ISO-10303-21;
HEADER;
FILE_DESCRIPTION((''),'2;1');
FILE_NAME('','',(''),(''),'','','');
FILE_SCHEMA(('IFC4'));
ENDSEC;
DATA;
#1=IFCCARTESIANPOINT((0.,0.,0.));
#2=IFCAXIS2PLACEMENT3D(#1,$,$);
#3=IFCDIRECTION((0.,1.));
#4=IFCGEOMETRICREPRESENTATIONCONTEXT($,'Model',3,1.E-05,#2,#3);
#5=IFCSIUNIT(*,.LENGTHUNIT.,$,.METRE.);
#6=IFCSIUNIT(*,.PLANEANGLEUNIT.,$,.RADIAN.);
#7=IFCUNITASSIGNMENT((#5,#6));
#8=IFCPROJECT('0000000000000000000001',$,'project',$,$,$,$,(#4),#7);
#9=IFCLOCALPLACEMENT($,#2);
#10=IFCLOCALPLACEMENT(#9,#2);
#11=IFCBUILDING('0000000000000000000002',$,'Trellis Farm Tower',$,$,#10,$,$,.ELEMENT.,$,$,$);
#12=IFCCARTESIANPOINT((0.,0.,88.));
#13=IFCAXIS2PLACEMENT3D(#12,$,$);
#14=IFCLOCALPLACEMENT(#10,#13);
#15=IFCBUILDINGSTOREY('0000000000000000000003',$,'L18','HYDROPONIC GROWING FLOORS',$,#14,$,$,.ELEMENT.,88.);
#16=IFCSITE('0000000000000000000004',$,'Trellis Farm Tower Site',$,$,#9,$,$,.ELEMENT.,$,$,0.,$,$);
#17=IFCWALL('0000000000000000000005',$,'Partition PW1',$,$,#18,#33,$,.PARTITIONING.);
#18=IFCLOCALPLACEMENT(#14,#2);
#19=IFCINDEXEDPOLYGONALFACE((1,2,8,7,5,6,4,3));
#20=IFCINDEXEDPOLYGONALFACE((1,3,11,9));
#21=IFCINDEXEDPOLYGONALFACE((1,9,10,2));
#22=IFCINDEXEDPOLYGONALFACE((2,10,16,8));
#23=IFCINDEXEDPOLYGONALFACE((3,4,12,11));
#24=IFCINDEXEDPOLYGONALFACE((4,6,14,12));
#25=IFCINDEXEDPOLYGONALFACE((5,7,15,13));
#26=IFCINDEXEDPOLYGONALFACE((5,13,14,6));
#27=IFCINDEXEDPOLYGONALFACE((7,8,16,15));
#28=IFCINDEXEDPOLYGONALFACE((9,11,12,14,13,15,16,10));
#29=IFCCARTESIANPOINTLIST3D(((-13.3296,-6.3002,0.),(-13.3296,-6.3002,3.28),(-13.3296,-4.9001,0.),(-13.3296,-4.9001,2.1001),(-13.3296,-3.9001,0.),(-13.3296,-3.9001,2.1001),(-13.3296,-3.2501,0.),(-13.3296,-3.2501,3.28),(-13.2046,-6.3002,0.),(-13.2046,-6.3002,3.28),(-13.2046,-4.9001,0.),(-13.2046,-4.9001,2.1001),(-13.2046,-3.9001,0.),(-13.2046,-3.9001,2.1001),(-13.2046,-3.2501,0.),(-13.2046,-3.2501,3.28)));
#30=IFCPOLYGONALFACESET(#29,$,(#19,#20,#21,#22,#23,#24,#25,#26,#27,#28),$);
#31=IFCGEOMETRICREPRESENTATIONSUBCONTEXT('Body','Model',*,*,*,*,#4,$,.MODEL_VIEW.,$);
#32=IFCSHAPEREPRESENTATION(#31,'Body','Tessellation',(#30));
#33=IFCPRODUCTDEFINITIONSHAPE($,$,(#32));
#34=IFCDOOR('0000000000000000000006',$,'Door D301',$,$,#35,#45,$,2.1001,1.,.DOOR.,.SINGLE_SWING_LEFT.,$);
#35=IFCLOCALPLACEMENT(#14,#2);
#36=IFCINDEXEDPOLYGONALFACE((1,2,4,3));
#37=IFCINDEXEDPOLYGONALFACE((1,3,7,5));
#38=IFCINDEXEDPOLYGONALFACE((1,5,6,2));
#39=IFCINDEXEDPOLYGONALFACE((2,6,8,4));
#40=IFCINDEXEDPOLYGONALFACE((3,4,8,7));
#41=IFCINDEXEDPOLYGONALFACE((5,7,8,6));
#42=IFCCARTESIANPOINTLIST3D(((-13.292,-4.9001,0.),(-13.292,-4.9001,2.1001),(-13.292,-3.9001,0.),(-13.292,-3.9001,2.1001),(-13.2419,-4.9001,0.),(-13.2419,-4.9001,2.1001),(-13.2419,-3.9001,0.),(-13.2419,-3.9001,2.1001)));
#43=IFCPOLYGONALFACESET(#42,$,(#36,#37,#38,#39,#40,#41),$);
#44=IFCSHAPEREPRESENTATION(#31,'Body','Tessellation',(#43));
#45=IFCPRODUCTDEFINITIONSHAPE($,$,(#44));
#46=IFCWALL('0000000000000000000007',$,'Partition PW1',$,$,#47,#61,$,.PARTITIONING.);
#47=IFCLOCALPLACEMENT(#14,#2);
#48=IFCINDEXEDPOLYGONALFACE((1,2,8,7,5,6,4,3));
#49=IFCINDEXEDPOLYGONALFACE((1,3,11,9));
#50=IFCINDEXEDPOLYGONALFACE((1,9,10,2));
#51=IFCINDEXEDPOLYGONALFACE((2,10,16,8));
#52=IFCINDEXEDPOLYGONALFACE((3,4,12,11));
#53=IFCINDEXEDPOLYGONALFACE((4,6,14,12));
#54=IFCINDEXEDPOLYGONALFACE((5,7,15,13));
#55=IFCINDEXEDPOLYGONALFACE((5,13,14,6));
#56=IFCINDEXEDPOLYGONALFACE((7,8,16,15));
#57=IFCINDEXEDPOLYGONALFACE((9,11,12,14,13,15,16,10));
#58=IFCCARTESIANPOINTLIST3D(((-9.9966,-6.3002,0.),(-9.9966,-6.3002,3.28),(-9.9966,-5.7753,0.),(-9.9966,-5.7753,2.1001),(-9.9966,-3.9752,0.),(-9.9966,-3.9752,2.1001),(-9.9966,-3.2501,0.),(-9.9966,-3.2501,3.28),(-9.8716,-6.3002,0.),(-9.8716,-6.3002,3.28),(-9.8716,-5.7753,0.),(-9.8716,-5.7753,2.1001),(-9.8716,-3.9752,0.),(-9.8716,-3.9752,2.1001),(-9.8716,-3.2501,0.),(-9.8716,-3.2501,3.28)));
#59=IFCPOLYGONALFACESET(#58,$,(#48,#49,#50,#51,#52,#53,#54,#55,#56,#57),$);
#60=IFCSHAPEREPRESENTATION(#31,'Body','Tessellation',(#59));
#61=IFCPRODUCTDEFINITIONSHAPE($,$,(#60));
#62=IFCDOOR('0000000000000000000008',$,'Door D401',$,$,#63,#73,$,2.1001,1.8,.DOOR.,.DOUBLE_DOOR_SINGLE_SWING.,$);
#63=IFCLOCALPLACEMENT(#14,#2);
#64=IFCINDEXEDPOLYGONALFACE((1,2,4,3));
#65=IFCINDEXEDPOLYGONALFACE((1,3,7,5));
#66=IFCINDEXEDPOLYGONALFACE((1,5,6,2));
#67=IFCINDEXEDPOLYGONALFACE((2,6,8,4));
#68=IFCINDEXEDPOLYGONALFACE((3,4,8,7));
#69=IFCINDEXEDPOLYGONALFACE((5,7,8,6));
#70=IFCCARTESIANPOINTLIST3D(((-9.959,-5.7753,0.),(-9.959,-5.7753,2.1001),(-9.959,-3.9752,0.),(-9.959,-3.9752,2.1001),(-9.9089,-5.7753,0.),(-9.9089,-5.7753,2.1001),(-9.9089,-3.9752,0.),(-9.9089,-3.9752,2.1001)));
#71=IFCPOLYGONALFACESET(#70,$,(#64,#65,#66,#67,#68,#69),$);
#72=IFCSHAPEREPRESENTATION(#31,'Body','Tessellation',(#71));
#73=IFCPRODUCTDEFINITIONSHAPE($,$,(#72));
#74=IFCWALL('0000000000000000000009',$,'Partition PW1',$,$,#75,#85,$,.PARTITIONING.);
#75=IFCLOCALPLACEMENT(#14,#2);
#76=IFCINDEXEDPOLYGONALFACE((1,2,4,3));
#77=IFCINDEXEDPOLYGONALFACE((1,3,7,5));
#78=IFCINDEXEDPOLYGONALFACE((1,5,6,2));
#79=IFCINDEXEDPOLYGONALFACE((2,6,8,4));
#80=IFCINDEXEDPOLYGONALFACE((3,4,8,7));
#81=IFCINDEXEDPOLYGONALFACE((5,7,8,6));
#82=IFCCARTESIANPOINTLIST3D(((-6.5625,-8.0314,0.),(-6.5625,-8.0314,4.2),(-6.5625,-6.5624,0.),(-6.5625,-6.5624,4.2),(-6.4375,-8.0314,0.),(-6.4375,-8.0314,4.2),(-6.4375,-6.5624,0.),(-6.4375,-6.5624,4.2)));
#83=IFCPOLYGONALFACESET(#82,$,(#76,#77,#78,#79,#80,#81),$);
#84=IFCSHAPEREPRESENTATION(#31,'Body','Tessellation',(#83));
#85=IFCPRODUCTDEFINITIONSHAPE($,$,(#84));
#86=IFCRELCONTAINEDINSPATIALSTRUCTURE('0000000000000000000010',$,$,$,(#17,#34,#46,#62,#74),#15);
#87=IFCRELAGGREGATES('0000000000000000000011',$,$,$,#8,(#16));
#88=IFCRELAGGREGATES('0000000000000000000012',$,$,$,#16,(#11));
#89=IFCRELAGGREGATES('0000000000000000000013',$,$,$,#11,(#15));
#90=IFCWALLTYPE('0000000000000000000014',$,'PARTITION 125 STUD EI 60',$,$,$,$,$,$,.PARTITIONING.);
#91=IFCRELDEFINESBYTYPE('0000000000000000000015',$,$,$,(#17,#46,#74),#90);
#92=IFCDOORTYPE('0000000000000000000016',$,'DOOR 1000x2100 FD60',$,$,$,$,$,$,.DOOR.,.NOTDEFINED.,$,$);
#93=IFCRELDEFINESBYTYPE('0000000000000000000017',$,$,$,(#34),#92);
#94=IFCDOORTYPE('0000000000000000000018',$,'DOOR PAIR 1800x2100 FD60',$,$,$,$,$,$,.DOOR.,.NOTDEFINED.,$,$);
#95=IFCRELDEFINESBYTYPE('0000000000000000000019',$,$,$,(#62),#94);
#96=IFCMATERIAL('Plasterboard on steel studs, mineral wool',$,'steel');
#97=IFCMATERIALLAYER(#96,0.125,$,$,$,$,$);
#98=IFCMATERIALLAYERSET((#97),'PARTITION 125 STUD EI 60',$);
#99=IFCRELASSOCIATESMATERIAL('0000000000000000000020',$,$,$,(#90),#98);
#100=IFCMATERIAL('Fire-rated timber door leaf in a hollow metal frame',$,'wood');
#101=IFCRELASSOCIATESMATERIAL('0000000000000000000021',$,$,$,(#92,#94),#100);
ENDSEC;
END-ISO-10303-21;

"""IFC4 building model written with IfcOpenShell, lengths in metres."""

from ifc_helpers import new_model, si_unit, direction, frame, frame_2d, origin, place, context, subcontext, project, spatial, rectangle, extrude, source, transform, mapped, material, layer, layer_set, type_object, element, fill, save


model = new_model("IFC4")

# Units and contexts
model_context = context("Model", 3, precision=1e-05, world=origin(), true_north=direction((0.0, 1.0)))
body_context = subcontext(model_context, "Body", "Model", "MODEL_VIEW")
ifc_project = project(units=[si_unit("LENGTHUNIT", "METRE"), si_unit("PLANEANGLEUNIT", "RADIAN")], contexts=[model_context])

# Site, building, storey
site_placement = place(None, origin())
site = spatial("IfcSite", under=ifc_project, at=site_placement, Name="Trellis Farm Tower Site", CompositionType="ELEMENT", RefElevation=0.0)
building_placement = place(site_placement, origin())
building = spatial("IfcBuilding", under=site, at=building_placement, Name="Trellis Farm Tower", CompositionType="ELEMENT")
storey_placement = place(building_placement, frame((0.0, 0.0, 88.0)))
storey = spatial("IfcBuildingStorey", under=building, at=storey_placement, Name="L18", Description="HYDROPONIC GROWING FLOORS", CompositionType="ELEMENT", Elevation=88.0)

# Walls, openings, doors
ifc_material_1 = material(Name="Plasterboard on steel studs, mineral wool", Category="steel")
ifc_layer_1 = layer(ifc_material_1, 0.125)
ifc_layer_set_1 = layer_set([ifc_layer_1], Name="PARTITION 125 STUD EI 60")
wall_type_1 = type_object("IfcWallType", Name="PARTITION 125 STUD EI 60", PredefinedType="PARTITIONING", material=ifc_layer_set_1)
shared_shape_1 = source(origin(), body_context, "Body", "SweptSolid", [
    extrude(rectangle(XDim=3.05, YDim=0.125, at=frame_2d((1.5249, 0.0))), origin(), (0.0, 0.0, 1.0), 3.28),
])
wall_1_placement = place(storey_placement, frame((-13.2671, -6.3, 0.0), z_axis=(0.0, 0.0, 1.0), x_axis=(0.0, 1.0, 0.0)))
wall_1 = element("IfcWall", 1, at=wall_1_placement, inside=storey, type_object=wall_type_1, Name="Partition PW1", PredefinedType="PARTITIONING", context=body_context, shape_type="MappedRepresentation", body=[
    mapped(shared_shape_1, transform((0.0, 0.0, 0.0))),
])
shared_shape_2 = source(origin(), body_context, "Body", "SweptSolid", [
    extrude(rectangle(XDim=1.0, YDim=2.1001, at=frame_2d((0.5, 1.05))), frame((0.0, 0.0725, 0.0), z_axis=(0.0, -1.0, 0.0), x_axis=(1.0, 0.0, 0.0)), (0.0, 0.0, 1.0), 0.145),
])
opening_1_placement = place(wall_1_placement, frame((1.3999, 0.0, 0.0)))
opening_1 = element("IfcOpeningElement", 2, at=opening_1_placement, cuts=wall_1, PredefinedType="OPENING", context=body_context, shape_type="MappedRepresentation", body=[
    mapped(shared_shape_2, transform((0.0, 0.0, 0.0))),
])
ifc_material_2 = material(Name="Fire-rated timber door leaf in a hollow metal frame", Category="wood")
door_type_1 = type_object("IfcDoorType", Name="DOOR 1000x2100 FD60", OperationType="NOTDEFINED", PredefinedType="DOOR", material=ifc_material_2)
shared_shape_3 = source(origin(), body_context, "Body", "SweptSolid", [
    extrude(rectangle(XDim=1.0, YDim=2.1001, at=frame_2d((0.5, 1.05))), frame((0.0, 0.0249, 0.0), z_axis=(0.0, -1.0, 0.0), x_axis=(1.0, 0.0, 0.0)), (0.0, 0.0, 1.0), 0.05),
])
door_1_placement = place(opening_1_placement, origin())
door_1 = element("IfcDoor", 3, at=door_1_placement, inside=storey, type_object=door_type_1, Name="Door D301", OperationType="SINGLE_SWING_LEFT", OverallHeight=2.1001, OverallWidth=1.0, PredefinedType="DOOR", context=body_context, shape_type="MappedRepresentation", body=[
    mapped(shared_shape_3, transform((0.0, 0.0, 0.0))),
])
fill(opening_1, door_1)
wall_2_placement = place(storey_placement, frame((-9.9341, -6.3, 0.0), z_axis=(0.0, 0.0, 1.0), x_axis=(0.0, 1.0, 0.0)))
wall_2 = element("IfcWall", 4, at=wall_2_placement, inside=storey, type_object=wall_type_1, Name="Partition PW1", PredefinedType="PARTITIONING", context=body_context, shape_type="MappedRepresentation", body=[
    mapped(shared_shape_1, transform((0.0, 0.0, 0.0))),
])
shared_shape_4 = source(origin(), body_context, "Body", "SweptSolid", [
    extrude(rectangle(XDim=1.8, YDim=2.1001, at=frame_2d((0.8999, 1.05))), frame((0.0, 0.0725, 0.0), z_axis=(0.0, -1.0, 0.0), x_axis=(1.0, 0.0, 0.0)), (0.0, 0.0, 1.0), 0.145),
])
opening_2_placement = place(wall_2_placement, frame((0.5249, 0.0, 0.0)))
opening_2 = element("IfcOpeningElement", 5, at=opening_2_placement, cuts=wall_2, PredefinedType="OPENING", context=body_context, shape_type="MappedRepresentation", body=[
    mapped(shared_shape_4, transform((0.0, 0.0, 0.0))),
])
door_type_2 = type_object("IfcDoorType", Name="DOOR PAIR 1800x2100 FD60", OperationType="NOTDEFINED", PredefinedType="DOOR", material=ifc_material_2)
shared_shape_5 = source(origin(), body_context, "Body", "SweptSolid", [
    extrude(rectangle(XDim=1.8, YDim=2.1001, at=frame_2d((0.8999, 1.05))), frame((0.0, 0.0249, 0.0), z_axis=(0.0, -1.0, 0.0), x_axis=(1.0, 0.0, 0.0)), (0.0, 0.0, 1.0), 0.05),
])
door_2_placement = place(opening_2_placement, origin())
door_2 = element("IfcDoor", 6, at=door_2_placement, inside=storey, type_object=door_type_2, Name="Door D401", OperationType="DOUBLE_DOOR_SINGLE_SWING", OverallHeight=2.1001, OverallWidth=1.8, PredefinedType="DOOR", context=body_context, shape_type="MappedRepresentation", body=[
    mapped(shared_shape_5, transform((0.0, 0.0, 0.0))),
])
fill(opening_2, door_2)

# Wall
shared_shape_6 = source(origin(), body_context, "Body", "SweptSolid", [
    extrude(rectangle(XDim=1.469, YDim=0.125, at=frame_2d((0.7344, 0.0))), origin(), (0.0, 0.0, 1.0), 4.2),
])
wall_3_placement = place(storey_placement, frame((-6.5, -6.5625, 0.0), z_axis=(0.0, 0.0, 1.0), x_axis=(0.0, -1.0, 0.0)))
element("IfcWall", 7, at=wall_3_placement, inside=storey, type_object=wall_type_1, Name="Partition PW1", PredefinedType="PARTITIONING", context=body_context, shape_type="MappedRepresentation", body=[
    mapped(shared_shape_6, transform((0.0, 0.0, 0.0))),
])

save(model, "model.ifc")
